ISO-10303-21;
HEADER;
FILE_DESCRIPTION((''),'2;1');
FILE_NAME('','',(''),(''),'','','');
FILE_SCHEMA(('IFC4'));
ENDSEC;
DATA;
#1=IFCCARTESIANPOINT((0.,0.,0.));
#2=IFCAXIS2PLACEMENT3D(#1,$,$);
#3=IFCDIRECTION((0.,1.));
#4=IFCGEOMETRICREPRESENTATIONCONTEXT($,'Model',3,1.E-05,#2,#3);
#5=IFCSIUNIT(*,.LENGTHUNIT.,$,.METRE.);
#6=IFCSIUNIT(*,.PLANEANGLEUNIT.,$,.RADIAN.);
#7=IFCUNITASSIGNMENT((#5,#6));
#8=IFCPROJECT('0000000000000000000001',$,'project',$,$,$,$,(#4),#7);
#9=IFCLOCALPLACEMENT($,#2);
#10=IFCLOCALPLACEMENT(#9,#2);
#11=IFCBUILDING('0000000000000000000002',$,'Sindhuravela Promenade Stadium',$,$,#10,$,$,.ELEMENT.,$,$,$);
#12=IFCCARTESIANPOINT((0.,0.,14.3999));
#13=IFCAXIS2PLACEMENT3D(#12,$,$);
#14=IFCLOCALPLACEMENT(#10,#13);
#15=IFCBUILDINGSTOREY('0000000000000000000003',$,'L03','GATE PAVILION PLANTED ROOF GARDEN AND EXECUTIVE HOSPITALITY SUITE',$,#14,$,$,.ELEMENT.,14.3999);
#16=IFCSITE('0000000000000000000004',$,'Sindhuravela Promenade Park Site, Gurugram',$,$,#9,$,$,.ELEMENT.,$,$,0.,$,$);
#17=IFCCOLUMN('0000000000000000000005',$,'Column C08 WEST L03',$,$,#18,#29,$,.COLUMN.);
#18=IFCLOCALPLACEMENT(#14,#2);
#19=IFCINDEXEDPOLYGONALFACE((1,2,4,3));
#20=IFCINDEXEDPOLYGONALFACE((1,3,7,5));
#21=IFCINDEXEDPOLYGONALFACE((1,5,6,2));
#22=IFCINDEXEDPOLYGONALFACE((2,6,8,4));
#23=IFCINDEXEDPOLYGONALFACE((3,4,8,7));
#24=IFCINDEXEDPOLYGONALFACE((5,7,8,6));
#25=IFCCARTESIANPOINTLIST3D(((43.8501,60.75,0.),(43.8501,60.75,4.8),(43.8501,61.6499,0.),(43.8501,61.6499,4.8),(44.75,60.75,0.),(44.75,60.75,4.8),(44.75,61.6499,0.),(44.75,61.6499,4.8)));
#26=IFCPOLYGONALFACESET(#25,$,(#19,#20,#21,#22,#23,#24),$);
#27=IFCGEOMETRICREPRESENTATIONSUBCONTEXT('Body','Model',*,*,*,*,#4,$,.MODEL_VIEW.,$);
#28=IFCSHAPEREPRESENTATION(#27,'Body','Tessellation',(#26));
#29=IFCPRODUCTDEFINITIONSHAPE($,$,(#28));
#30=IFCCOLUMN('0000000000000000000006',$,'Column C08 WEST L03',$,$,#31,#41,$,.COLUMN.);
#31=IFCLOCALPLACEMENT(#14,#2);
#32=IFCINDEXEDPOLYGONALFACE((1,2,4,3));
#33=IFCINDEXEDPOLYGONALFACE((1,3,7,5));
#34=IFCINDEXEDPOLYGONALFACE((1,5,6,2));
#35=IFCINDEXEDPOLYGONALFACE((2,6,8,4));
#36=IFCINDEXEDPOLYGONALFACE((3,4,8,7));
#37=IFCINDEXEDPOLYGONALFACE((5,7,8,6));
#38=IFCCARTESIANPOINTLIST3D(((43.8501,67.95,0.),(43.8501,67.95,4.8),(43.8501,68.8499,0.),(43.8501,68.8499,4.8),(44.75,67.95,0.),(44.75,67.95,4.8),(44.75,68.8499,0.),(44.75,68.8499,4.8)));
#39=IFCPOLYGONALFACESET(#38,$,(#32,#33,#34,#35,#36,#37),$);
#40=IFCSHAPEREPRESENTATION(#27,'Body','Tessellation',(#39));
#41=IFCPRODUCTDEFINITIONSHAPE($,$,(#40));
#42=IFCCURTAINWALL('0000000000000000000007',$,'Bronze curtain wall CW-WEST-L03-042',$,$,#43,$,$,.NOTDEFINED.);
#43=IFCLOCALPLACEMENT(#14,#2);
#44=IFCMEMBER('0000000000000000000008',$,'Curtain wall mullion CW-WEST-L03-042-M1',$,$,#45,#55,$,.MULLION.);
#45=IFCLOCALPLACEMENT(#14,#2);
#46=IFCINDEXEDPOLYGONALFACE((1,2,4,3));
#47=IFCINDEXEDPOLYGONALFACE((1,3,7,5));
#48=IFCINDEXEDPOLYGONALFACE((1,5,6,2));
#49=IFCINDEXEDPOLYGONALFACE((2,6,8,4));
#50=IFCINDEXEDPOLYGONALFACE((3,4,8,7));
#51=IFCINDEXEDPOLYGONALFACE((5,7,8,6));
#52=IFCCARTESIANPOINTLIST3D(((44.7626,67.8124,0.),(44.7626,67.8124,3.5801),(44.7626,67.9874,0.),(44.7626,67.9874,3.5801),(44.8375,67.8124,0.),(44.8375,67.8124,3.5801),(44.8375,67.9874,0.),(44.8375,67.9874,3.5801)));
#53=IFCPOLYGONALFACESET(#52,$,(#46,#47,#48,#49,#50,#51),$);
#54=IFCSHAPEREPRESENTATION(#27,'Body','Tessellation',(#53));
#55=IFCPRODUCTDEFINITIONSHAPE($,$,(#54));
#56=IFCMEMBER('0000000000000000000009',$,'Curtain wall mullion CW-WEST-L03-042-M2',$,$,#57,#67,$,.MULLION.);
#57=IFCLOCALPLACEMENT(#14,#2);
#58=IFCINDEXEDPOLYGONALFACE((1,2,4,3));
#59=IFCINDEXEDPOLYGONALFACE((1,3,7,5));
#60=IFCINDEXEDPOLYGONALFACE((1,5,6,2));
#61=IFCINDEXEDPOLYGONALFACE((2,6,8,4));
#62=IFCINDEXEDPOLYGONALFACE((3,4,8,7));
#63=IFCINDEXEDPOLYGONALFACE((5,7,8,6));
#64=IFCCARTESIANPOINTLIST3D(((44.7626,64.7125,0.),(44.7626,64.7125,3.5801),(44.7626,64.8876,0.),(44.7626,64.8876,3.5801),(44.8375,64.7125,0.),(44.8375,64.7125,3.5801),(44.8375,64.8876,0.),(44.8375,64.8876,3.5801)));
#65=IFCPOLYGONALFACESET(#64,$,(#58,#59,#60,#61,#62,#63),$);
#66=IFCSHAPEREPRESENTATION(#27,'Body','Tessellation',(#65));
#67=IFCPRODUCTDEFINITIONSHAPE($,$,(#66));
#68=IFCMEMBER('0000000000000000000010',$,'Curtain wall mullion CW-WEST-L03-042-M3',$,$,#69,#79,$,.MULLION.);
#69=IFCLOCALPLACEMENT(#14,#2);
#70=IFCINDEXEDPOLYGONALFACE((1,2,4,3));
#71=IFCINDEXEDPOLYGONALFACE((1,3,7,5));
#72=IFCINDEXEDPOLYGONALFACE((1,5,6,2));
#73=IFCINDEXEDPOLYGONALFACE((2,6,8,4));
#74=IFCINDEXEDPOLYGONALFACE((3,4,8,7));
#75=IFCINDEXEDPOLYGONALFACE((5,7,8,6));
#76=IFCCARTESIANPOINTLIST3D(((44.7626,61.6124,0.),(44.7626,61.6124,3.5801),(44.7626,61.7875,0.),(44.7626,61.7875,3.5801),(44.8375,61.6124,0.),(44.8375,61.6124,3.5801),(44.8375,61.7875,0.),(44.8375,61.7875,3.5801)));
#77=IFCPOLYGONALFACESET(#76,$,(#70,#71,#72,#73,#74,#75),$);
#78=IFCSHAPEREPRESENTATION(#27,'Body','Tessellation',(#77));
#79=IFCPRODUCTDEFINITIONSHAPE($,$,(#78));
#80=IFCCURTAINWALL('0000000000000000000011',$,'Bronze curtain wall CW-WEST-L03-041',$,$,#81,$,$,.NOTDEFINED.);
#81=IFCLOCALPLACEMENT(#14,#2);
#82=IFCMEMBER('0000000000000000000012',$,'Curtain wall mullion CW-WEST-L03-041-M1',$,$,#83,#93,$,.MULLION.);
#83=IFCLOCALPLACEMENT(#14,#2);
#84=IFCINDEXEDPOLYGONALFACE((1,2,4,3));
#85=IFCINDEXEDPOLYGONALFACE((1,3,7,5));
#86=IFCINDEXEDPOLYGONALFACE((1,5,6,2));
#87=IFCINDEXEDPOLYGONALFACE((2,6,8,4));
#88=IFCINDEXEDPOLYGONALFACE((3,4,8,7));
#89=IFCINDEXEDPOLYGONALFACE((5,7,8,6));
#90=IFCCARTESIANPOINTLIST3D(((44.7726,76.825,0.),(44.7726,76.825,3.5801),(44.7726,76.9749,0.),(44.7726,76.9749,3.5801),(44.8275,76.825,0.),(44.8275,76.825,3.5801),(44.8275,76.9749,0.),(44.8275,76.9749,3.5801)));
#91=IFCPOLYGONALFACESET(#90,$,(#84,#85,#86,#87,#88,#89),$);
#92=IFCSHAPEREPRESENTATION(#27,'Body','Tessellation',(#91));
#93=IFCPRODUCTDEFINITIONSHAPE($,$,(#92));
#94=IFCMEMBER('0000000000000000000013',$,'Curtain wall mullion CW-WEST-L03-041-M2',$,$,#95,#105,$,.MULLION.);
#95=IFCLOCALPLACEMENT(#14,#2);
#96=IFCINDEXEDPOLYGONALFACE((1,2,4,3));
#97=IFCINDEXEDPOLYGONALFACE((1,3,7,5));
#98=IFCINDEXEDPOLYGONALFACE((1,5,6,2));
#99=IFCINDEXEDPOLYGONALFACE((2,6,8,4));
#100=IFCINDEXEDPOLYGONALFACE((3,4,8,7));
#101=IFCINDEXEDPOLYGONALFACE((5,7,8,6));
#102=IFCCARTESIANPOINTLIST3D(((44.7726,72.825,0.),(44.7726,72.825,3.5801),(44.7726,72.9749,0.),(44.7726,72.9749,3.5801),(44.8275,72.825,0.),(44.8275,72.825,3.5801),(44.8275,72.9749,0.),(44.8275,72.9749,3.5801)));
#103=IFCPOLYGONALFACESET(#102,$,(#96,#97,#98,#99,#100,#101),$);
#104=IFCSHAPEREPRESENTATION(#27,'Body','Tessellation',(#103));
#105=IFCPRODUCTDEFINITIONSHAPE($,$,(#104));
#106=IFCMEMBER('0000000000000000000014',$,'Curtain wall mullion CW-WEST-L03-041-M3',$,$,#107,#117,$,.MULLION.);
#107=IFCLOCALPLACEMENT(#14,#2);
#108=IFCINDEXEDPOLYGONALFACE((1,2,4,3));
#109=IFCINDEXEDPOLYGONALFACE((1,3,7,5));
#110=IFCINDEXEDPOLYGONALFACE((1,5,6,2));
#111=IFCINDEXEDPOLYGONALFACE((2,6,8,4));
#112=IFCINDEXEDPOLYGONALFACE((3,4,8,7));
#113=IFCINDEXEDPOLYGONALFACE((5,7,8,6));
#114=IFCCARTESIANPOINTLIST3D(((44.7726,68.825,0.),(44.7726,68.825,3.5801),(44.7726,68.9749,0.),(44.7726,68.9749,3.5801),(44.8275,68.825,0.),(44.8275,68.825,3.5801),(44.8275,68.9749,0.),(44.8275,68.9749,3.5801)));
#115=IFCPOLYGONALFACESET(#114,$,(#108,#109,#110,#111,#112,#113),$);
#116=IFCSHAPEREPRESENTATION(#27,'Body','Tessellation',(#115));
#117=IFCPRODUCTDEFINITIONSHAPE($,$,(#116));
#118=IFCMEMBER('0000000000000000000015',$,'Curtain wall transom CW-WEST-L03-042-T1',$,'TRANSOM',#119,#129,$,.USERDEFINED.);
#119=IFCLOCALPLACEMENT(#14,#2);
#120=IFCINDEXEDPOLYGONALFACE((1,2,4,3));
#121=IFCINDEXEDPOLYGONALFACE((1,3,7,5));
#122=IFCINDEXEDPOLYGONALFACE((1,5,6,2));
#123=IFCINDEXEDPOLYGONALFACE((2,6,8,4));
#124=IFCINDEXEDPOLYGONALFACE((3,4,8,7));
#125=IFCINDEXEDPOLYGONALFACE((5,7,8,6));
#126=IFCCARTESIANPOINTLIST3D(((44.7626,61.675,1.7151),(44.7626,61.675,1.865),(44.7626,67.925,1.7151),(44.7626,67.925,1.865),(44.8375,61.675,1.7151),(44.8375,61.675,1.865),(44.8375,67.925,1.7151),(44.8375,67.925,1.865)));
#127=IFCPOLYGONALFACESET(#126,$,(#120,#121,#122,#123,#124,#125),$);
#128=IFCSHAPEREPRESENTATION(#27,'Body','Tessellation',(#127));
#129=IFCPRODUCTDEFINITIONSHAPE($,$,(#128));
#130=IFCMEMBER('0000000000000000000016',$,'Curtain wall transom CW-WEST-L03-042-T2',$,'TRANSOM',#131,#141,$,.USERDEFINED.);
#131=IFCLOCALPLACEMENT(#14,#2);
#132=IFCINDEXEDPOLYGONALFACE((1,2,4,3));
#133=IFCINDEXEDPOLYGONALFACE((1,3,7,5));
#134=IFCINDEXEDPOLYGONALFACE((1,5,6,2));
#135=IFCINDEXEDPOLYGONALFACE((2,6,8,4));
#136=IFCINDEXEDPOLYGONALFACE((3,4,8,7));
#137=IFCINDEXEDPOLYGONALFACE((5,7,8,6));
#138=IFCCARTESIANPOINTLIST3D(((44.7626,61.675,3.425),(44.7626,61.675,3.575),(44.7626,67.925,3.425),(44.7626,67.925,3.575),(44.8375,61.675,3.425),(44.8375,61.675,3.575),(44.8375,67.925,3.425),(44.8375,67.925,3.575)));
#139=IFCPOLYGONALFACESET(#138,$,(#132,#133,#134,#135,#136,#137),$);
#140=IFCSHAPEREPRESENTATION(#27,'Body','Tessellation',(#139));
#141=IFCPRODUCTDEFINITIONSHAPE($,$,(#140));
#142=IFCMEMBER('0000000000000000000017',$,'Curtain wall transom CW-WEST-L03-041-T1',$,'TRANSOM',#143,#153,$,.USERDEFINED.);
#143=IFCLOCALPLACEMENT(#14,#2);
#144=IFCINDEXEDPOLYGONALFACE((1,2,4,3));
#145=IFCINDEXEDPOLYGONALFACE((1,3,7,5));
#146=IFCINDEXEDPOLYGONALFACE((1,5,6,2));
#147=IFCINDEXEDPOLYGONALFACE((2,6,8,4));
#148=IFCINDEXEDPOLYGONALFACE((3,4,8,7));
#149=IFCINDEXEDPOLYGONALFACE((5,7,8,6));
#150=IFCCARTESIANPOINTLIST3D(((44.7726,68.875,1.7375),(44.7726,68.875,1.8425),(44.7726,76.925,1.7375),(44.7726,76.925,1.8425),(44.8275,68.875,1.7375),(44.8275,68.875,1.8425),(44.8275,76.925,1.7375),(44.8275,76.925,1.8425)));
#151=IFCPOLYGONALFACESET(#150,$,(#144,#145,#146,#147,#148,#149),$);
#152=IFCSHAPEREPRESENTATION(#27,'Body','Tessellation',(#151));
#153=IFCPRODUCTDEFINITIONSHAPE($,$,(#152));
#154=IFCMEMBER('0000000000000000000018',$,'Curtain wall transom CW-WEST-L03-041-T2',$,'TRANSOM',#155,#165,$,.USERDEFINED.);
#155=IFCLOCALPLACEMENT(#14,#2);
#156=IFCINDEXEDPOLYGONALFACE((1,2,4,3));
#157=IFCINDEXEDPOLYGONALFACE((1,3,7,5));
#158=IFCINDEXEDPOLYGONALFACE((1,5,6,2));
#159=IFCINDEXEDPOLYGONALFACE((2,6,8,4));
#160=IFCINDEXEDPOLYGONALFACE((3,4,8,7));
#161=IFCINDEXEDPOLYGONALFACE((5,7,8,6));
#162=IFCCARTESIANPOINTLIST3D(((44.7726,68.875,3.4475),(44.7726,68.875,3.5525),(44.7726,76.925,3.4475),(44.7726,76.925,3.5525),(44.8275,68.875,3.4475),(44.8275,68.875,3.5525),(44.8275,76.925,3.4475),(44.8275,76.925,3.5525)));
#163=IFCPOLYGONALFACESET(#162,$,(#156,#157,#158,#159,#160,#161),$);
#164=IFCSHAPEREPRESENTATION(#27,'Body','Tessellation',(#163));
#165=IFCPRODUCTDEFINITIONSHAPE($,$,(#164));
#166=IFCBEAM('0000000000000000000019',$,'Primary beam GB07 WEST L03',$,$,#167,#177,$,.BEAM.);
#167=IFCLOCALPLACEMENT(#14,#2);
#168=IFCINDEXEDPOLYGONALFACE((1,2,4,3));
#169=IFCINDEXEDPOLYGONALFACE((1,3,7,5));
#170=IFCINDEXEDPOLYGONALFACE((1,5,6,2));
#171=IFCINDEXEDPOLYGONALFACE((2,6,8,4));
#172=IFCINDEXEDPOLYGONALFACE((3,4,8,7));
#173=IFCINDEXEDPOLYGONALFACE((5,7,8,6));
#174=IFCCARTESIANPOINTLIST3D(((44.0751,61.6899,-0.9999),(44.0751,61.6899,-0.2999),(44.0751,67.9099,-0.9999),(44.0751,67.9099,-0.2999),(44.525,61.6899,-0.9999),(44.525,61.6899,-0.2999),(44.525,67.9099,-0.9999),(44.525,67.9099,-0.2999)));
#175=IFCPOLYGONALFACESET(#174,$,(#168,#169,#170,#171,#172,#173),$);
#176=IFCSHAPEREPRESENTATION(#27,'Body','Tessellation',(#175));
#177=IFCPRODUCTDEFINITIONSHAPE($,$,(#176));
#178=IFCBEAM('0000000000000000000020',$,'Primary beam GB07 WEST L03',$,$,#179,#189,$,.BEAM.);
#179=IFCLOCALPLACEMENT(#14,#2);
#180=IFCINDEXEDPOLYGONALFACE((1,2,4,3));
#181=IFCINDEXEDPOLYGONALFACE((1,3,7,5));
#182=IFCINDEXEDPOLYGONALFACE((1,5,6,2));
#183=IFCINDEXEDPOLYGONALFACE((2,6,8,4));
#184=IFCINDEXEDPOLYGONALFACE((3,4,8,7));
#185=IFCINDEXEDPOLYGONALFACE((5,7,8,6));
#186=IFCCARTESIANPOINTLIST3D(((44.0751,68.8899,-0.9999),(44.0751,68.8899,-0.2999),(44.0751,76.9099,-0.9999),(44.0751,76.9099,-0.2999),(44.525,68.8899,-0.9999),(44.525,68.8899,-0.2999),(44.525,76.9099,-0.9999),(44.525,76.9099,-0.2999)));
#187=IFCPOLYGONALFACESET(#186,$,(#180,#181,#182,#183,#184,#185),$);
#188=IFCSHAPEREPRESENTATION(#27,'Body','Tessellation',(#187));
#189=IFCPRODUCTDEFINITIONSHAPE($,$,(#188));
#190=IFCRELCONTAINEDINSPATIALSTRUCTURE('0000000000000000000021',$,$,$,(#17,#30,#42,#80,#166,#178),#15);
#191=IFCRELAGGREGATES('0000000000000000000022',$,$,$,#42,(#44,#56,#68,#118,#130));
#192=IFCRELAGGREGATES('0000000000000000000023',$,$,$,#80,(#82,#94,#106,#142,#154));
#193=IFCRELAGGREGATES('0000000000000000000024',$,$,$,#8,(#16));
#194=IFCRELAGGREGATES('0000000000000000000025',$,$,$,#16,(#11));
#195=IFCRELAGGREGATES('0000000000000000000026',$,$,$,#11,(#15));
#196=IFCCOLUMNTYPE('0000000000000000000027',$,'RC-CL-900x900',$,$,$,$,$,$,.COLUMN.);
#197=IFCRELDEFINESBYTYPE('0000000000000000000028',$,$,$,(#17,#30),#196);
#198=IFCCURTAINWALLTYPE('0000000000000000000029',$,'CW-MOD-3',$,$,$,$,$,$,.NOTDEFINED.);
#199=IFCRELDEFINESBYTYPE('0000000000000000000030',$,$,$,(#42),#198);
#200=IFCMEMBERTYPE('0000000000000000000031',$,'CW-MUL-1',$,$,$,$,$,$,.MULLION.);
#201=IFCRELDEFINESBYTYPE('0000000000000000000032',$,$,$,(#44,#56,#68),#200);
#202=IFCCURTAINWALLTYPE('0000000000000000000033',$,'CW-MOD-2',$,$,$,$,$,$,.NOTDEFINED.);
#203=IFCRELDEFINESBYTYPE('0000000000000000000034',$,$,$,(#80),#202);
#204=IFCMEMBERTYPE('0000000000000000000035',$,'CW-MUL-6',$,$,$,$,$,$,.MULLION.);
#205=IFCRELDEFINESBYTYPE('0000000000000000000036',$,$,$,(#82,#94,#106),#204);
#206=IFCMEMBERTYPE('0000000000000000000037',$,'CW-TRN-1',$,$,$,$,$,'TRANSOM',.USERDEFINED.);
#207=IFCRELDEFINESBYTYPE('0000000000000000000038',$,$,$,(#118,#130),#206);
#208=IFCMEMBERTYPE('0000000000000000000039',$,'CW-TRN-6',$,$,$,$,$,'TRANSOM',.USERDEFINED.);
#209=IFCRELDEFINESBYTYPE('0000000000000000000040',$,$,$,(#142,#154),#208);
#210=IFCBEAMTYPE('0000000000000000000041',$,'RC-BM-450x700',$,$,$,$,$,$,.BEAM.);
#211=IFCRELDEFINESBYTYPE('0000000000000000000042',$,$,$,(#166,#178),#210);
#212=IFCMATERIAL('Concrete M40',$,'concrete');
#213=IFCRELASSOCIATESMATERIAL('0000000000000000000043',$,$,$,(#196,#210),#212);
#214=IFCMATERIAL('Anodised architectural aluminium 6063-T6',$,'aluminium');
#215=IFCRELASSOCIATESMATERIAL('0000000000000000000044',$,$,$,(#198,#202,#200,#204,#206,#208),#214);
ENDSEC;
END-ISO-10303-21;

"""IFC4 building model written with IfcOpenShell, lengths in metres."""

from ifc_helpers import new_model, si_unit, direction, frame, origin, origin_2d, place, context, subcontext, project, spatial, rectangle, extrude, material, material_profile, profile_set, type_object, element, aggregate, save


model = new_model("IFC4")

# Units and contexts
model_context = context("Model", 3, precision=1e-05, world=origin(), true_north=direction((0.0, 1.0)))
body_context = subcontext(model_context, "Body", "Model", "MODEL_VIEW")
ifc_project = project(units=[si_unit("LENGTHUNIT", "METRE"), si_unit("PLANEANGLEUNIT", "RADIAN")], contexts=[model_context])

# Site, building, storey
site_placement = place(None, origin())
site = spatial("IfcSite", under=ifc_project, at=site_placement, Name="Sindhuravela Promenade Park Site, Gurugram", CompositionType="ELEMENT", RefElevation=0.0)
building_placement = place(site_placement, origin())
building = spatial("IfcBuilding", under=site, at=building_placement, Name="Sindhuravela Promenade Stadium", CompositionType="ELEMENT")
storey_placement = place(building_placement, frame((0.0, 0.0, 14.3999)))
storey = spatial("IfcBuildingStorey", under=building, at=storey_placement, Name="L03", Description="GATE PAVILION PLANTED ROOF GARDEN AND EXECUTIVE HOSPITALITY SUITE", CompositionType="ELEMENT", Elevation=14.3999)

# Columns
ifc_material_1 = material(Name="Concrete M40", Category="concrete")
ifc_material_profile_1 = material_profile(ifc_material_1, rectangle(XDim=0.8999, YDim=0.8999, at=origin_2d()), Name="RC 900x900")
ifc_profile_set_1 = profile_set([ifc_material_profile_1], Name="Concrete M40")
column_type = type_object("IfcColumnType", Name="RC-CL-900x900", PredefinedType="COLUMN", material=ifc_profile_set_1)
for number, where, z_axis, x_axis, name in (
    (1, (44.3, 61.2, 0.0), (0.0, 0.0, 1.0), (1.0, 0.0, 0.0), "Column C08 WEST L03"),
    (2, (44.3, 68.3999, 0.0), (0.0, 0.0, 1.0), (1.0, 0.0, 0.0), "Column C08 WEST L03"),
):
    element("IfcColumn", number, at=place(storey_placement, frame(where, z_axis=z_axis, x_axis=x_axis)), inside=storey, type_object=column_type, Name=name, PredefinedType="COLUMN", context=body_context, shape_type="SweptSolid", body=[
        extrude(rectangle(XDim=0.8999, YDim=0.8999, at=origin_2d()), origin(), (0.0, 0.0, 1.0), 4.8),
    ])

# Curtain walls, members
ifc_material_2 = material(Name="Anodised architectural aluminium 6063-T6", Category="aluminium")
curtain_wall_type_1 = type_object("IfcCurtainWallType", Name="CW-MOD-3", PredefinedType="NOTDEFINED", material=ifc_material_2)
curtain_wall_1_placement = place(storey_placement, origin())
curtain_wall_1 = element("IfcCurtainWall", 3, at=curtain_wall_1_placement, inside=storey, type_object=curtain_wall_type_1, Name="Bronze curtain wall CW-WEST-L03-042", PredefinedType="NOTDEFINED")
ifc_material_profile_2 = material_profile(ifc_material_2, rectangle(XDim=0.075, YDim=0.175, at=origin_2d()), Name="ALU MULL 75x175")
ifc_profile_set_2 = profile_set([ifc_material_profile_2], Name="Anodised architectural aluminium 6063-T6")
member_type_1 = type_object("IfcMemberType", Name="CW-MUL-1", PredefinedType="MULLION", material=ifc_profile_set_2)
member_1_placement = place(storey_placement, frame((44.8, 67.8999, 0.0), z_axis=(0.0, 0.0, 1.0), x_axis=(1.0, 0.0, 0.0)))
member_1 = element("IfcMember", 4, at=member_1_placement, type_object=member_type_1, Name="Curtain wall mullion CW-WEST-L03-042-M1", PredefinedType="MULLION", context=body_context, shape_type="SweptSolid", body=[
    extrude(rectangle(XDim=0.075, YDim=0.175, at=origin_2d()), origin(), (0.0, 0.0, 1.0), 3.5801),
])
member_2_placement = place(storey_placement, frame((44.8, 64.8, 0.0), z_axis=(0.0, 0.0, 1.0), x_axis=(1.0, 0.0, 0.0)))
member_2 = element("IfcMember", 5, at=member_2_placement, type_object=member_type_1, Name="Curtain wall mullion CW-WEST-L03-042-M2", PredefinedType="MULLION", context=body_context, shape_type="SweptSolid", body=[
    extrude(rectangle(XDim=0.075, YDim=0.175, at=origin_2d()), origin(), (0.0, 0.0, 1.0), 3.5801),
])
member_3_placement = place(storey_placement, frame((44.8, 61.7, 0.0), z_axis=(0.0, 0.0, 1.0), x_axis=(1.0, 0.0, 0.0)))
member_3 = element("IfcMember", 6, at=member_3_placement, type_object=member_type_1, Name="Curtain wall mullion CW-WEST-L03-042-M3", PredefinedType="MULLION", context=body_context, shape_type="SweptSolid", body=[
    extrude(rectangle(XDim=0.075, YDim=0.175, at=origin_2d()), origin(), (0.0, 0.0, 1.0), 3.5801),
])
curtain_wall_type_2 = type_object("IfcCurtainWallType", Name="CW-MOD-2", PredefinedType="NOTDEFINED", material=ifc_material_2)
curtain_wall_2_placement = place(storey_placement, origin())
curtain_wall_2 = element("IfcCurtainWall", 7, at=curtain_wall_2_placement, inside=storey, type_object=curtain_wall_type_2, Name="Bronze curtain wall CW-WEST-L03-041", PredefinedType="NOTDEFINED")
ifc_material_profile_3 = material_profile(ifc_material_2, rectangle(XDim=0.0549, YDim=0.1499, at=origin_2d()), Name="ALU M55x150")
ifc_profile_set_3 = profile_set([ifc_material_profile_3], Name="Anodised architectural aluminium 6063-T6")
member_type_2 = type_object("IfcMemberType", Name="CW-MUL-6", PredefinedType="MULLION", material=ifc_profile_set_3)
member_4_placement = place(storey_placement, frame((44.8, 76.8999, 0.0), z_axis=(0.0, 0.0, 1.0), x_axis=(1.0, 0.0, 0.0)))
member_4 = element("IfcMember", 8, at=member_4_placement, type_object=member_type_2, Name="Curtain wall mullion CW-WEST-L03-041-M1", PredefinedType="MULLION", context=body_context, shape_type="SweptSolid", body=[
    extrude(rectangle(XDim=0.0549, YDim=0.1499, at=origin_2d()), origin(), (0.0, 0.0, 1.0), 3.5801),
])
member_5_placement = place(storey_placement, frame((44.8, 72.8999, 0.0), z_axis=(0.0, 0.0, 1.0), x_axis=(1.0, 0.0, 0.0)))
member_5 = element("IfcMember", 9, at=member_5_placement, type_object=member_type_2, Name="Curtain wall mullion CW-WEST-L03-041-M2", PredefinedType="MULLION", context=body_context, shape_type="SweptSolid", body=[
    extrude(rectangle(XDim=0.0549, YDim=0.1499, at=origin_2d()), origin(), (0.0, 0.0, 1.0), 3.5801),
])
member_6_placement = place(storey_placement, frame((44.8, 68.8999, 0.0), z_axis=(0.0, 0.0, 1.0), x_axis=(1.0, 0.0, 0.0)))
member_6 = element("IfcMember", 10, at=member_6_placement, type_object=member_type_2, Name="Curtain wall mullion CW-WEST-L03-041-M3", PredefinedType="MULLION", context=body_context, shape_type="SweptSolid", body=[
    extrude(rectangle(XDim=0.0549, YDim=0.1499, at=origin_2d()), origin(), (0.0, 0.0, 1.0), 3.5801),
])

# Members
ifc_material_profile_4 = material_profile(ifc_material_2, rectangle(XDim=0.075, YDim=0.1499, at=origin_2d()), Name="ALU TRAN 75x150")
ifc_profile_set_4 = profile_set([ifc_material_profile_4], Name="Anodised architectural aluminium 6063-T6")
member_type_3 = type_object("IfcMemberType", Name="CW-TRN-1", ElementType="TRANSOM", PredefinedType="USERDEFINED", material=ifc_profile_set_4)
member_7_placement = place(storey_placement, frame((44.8, 67.925, 1.79), z_axis=(0.0, -1.0, 0.0), x_axis=(1.0, 0.0, 0.0)))
member_7 = element("IfcMember", 11, at=member_7_placement, type_object=member_type_3, Name="Curtain wall transom CW-WEST-L03-042-T1", ObjectType="TRANSOM", PredefinedType="USERDEFINED", context=body_context, shape_type="SweptSolid", body=[
    extrude(rectangle(XDim=0.075, YDim=0.1499, at=origin_2d()), origin(), (0.0, 0.0, 1.0), 6.25),
])
member_8_placement = place(storey_placement, frame((44.8, 67.925, 3.5), z_axis=(0.0, -1.0, 0.0), x_axis=(1.0, 0.0, 0.0)))
member_8 = element("IfcMember", 12, at=member_8_placement, type_object=member_type_3, Name="Curtain wall transom CW-WEST-L03-042-T2", ObjectType="TRANSOM", PredefinedType="USERDEFINED", context=body_context, shape_type="SweptSolid", body=[
    extrude(rectangle(XDim=0.075, YDim=0.1499, at=origin_2d()), origin(), (0.0, 0.0, 1.0), 6.25),
])
ifc_material_profile_5 = material_profile(ifc_material_2, rectangle(XDim=0.0549, YDim=0.105, at=origin_2d()), Name="ALU T55x105")
ifc_profile_set_5 = profile_set([ifc_material_profile_5], Name="Anodised architectural aluminium 6063-T6")
member_type_4 = type_object("IfcMemberType", Name="CW-TRN-6", ElementType="TRANSOM", PredefinedType="USERDEFINED", material=ifc_profile_set_5)
member_9_placement = place(storey_placement, frame((44.8, 76.925, 1.79), z_axis=(0.0, -1.0, 0.0), x_axis=(1.0, 0.0, 0.0)))
member_9 = element("IfcMember", 13, at=member_9_placement, type_object=member_type_4, Name="Curtain wall transom CW-WEST-L03-041-T1", ObjectType="TRANSOM", PredefinedType="USERDEFINED", context=body_context, shape_type="SweptSolid", body=[
    extrude(rectangle(XDim=0.0549, YDim=0.105, at=origin_2d()), origin(), (0.0, 0.0, 1.0), 8.05),
])
member_10_placement = place(storey_placement, frame((44.8, 76.925, 3.5), z_axis=(0.0, -1.0, 0.0), x_axis=(1.0, 0.0, 0.0)))
member_10 = element("IfcMember", 14, at=member_10_placement, type_object=member_type_4, Name="Curtain wall transom CW-WEST-L03-041-T2", ObjectType="TRANSOM", PredefinedType="USERDEFINED", context=body_context, shape_type="SweptSolid", body=[
    extrude(rectangle(XDim=0.0549, YDim=0.105, at=origin_2d()), origin(), (0.0, 0.0, 1.0), 8.05),
])

# Beams
ifc_material_profile_6 = material_profile(ifc_material_1, rectangle(XDim=0.45, YDim=0.7, at=origin_2d()), Name="RC 450x700")
ifc_profile_set_6 = profile_set([ifc_material_profile_6], Name="Concrete M40")
beam_type_1 = type_object("IfcBeamType", Name="RC-BM-450x700", PredefinedType="BEAM", material=ifc_profile_set_6)
beam_1_placement = place(storey_placement, frame((44.3, 61.6899, -0.6499), z_axis=(0.0, 1.0, 0.0), x_axis=(-1.0, 0.0, 0.0)))
element("IfcBeam", 15, at=beam_1_placement, inside=storey, type_object=beam_type_1, Name="Primary beam GB07 WEST L03", PredefinedType="BEAM", context=body_context, shape_type="SweptSolid", body=[
    extrude(rectangle(XDim=0.45, YDim=0.7, at=origin_2d()), origin(), (0.0, 0.0, 1.0), 6.22),
])
beam_2_placement = place(storey_placement, frame((44.3, 68.8899, -0.6499), z_axis=(0.0, 1.0, 0.0), x_axis=(-1.0, 0.0, 0.0)))
element("IfcBeam", 16, at=beam_2_placement, inside=storey, type_object=beam_type_1, Name="Primary beam GB07 WEST L03", PredefinedType="BEAM", context=body_context, shape_type="SweptSolid", body=[
    extrude(rectangle(XDim=0.45, YDim=0.7, at=origin_2d()), origin(), (0.0, 0.0, 1.0), 8.02),
])

aggregate(curtain_wall_1, [member_1, member_2, member_3, member_7, member_8])
aggregate(curtain_wall_2, [member_4, member_5, member_6, member_9, member_10])

save(model, "model.ifc")
